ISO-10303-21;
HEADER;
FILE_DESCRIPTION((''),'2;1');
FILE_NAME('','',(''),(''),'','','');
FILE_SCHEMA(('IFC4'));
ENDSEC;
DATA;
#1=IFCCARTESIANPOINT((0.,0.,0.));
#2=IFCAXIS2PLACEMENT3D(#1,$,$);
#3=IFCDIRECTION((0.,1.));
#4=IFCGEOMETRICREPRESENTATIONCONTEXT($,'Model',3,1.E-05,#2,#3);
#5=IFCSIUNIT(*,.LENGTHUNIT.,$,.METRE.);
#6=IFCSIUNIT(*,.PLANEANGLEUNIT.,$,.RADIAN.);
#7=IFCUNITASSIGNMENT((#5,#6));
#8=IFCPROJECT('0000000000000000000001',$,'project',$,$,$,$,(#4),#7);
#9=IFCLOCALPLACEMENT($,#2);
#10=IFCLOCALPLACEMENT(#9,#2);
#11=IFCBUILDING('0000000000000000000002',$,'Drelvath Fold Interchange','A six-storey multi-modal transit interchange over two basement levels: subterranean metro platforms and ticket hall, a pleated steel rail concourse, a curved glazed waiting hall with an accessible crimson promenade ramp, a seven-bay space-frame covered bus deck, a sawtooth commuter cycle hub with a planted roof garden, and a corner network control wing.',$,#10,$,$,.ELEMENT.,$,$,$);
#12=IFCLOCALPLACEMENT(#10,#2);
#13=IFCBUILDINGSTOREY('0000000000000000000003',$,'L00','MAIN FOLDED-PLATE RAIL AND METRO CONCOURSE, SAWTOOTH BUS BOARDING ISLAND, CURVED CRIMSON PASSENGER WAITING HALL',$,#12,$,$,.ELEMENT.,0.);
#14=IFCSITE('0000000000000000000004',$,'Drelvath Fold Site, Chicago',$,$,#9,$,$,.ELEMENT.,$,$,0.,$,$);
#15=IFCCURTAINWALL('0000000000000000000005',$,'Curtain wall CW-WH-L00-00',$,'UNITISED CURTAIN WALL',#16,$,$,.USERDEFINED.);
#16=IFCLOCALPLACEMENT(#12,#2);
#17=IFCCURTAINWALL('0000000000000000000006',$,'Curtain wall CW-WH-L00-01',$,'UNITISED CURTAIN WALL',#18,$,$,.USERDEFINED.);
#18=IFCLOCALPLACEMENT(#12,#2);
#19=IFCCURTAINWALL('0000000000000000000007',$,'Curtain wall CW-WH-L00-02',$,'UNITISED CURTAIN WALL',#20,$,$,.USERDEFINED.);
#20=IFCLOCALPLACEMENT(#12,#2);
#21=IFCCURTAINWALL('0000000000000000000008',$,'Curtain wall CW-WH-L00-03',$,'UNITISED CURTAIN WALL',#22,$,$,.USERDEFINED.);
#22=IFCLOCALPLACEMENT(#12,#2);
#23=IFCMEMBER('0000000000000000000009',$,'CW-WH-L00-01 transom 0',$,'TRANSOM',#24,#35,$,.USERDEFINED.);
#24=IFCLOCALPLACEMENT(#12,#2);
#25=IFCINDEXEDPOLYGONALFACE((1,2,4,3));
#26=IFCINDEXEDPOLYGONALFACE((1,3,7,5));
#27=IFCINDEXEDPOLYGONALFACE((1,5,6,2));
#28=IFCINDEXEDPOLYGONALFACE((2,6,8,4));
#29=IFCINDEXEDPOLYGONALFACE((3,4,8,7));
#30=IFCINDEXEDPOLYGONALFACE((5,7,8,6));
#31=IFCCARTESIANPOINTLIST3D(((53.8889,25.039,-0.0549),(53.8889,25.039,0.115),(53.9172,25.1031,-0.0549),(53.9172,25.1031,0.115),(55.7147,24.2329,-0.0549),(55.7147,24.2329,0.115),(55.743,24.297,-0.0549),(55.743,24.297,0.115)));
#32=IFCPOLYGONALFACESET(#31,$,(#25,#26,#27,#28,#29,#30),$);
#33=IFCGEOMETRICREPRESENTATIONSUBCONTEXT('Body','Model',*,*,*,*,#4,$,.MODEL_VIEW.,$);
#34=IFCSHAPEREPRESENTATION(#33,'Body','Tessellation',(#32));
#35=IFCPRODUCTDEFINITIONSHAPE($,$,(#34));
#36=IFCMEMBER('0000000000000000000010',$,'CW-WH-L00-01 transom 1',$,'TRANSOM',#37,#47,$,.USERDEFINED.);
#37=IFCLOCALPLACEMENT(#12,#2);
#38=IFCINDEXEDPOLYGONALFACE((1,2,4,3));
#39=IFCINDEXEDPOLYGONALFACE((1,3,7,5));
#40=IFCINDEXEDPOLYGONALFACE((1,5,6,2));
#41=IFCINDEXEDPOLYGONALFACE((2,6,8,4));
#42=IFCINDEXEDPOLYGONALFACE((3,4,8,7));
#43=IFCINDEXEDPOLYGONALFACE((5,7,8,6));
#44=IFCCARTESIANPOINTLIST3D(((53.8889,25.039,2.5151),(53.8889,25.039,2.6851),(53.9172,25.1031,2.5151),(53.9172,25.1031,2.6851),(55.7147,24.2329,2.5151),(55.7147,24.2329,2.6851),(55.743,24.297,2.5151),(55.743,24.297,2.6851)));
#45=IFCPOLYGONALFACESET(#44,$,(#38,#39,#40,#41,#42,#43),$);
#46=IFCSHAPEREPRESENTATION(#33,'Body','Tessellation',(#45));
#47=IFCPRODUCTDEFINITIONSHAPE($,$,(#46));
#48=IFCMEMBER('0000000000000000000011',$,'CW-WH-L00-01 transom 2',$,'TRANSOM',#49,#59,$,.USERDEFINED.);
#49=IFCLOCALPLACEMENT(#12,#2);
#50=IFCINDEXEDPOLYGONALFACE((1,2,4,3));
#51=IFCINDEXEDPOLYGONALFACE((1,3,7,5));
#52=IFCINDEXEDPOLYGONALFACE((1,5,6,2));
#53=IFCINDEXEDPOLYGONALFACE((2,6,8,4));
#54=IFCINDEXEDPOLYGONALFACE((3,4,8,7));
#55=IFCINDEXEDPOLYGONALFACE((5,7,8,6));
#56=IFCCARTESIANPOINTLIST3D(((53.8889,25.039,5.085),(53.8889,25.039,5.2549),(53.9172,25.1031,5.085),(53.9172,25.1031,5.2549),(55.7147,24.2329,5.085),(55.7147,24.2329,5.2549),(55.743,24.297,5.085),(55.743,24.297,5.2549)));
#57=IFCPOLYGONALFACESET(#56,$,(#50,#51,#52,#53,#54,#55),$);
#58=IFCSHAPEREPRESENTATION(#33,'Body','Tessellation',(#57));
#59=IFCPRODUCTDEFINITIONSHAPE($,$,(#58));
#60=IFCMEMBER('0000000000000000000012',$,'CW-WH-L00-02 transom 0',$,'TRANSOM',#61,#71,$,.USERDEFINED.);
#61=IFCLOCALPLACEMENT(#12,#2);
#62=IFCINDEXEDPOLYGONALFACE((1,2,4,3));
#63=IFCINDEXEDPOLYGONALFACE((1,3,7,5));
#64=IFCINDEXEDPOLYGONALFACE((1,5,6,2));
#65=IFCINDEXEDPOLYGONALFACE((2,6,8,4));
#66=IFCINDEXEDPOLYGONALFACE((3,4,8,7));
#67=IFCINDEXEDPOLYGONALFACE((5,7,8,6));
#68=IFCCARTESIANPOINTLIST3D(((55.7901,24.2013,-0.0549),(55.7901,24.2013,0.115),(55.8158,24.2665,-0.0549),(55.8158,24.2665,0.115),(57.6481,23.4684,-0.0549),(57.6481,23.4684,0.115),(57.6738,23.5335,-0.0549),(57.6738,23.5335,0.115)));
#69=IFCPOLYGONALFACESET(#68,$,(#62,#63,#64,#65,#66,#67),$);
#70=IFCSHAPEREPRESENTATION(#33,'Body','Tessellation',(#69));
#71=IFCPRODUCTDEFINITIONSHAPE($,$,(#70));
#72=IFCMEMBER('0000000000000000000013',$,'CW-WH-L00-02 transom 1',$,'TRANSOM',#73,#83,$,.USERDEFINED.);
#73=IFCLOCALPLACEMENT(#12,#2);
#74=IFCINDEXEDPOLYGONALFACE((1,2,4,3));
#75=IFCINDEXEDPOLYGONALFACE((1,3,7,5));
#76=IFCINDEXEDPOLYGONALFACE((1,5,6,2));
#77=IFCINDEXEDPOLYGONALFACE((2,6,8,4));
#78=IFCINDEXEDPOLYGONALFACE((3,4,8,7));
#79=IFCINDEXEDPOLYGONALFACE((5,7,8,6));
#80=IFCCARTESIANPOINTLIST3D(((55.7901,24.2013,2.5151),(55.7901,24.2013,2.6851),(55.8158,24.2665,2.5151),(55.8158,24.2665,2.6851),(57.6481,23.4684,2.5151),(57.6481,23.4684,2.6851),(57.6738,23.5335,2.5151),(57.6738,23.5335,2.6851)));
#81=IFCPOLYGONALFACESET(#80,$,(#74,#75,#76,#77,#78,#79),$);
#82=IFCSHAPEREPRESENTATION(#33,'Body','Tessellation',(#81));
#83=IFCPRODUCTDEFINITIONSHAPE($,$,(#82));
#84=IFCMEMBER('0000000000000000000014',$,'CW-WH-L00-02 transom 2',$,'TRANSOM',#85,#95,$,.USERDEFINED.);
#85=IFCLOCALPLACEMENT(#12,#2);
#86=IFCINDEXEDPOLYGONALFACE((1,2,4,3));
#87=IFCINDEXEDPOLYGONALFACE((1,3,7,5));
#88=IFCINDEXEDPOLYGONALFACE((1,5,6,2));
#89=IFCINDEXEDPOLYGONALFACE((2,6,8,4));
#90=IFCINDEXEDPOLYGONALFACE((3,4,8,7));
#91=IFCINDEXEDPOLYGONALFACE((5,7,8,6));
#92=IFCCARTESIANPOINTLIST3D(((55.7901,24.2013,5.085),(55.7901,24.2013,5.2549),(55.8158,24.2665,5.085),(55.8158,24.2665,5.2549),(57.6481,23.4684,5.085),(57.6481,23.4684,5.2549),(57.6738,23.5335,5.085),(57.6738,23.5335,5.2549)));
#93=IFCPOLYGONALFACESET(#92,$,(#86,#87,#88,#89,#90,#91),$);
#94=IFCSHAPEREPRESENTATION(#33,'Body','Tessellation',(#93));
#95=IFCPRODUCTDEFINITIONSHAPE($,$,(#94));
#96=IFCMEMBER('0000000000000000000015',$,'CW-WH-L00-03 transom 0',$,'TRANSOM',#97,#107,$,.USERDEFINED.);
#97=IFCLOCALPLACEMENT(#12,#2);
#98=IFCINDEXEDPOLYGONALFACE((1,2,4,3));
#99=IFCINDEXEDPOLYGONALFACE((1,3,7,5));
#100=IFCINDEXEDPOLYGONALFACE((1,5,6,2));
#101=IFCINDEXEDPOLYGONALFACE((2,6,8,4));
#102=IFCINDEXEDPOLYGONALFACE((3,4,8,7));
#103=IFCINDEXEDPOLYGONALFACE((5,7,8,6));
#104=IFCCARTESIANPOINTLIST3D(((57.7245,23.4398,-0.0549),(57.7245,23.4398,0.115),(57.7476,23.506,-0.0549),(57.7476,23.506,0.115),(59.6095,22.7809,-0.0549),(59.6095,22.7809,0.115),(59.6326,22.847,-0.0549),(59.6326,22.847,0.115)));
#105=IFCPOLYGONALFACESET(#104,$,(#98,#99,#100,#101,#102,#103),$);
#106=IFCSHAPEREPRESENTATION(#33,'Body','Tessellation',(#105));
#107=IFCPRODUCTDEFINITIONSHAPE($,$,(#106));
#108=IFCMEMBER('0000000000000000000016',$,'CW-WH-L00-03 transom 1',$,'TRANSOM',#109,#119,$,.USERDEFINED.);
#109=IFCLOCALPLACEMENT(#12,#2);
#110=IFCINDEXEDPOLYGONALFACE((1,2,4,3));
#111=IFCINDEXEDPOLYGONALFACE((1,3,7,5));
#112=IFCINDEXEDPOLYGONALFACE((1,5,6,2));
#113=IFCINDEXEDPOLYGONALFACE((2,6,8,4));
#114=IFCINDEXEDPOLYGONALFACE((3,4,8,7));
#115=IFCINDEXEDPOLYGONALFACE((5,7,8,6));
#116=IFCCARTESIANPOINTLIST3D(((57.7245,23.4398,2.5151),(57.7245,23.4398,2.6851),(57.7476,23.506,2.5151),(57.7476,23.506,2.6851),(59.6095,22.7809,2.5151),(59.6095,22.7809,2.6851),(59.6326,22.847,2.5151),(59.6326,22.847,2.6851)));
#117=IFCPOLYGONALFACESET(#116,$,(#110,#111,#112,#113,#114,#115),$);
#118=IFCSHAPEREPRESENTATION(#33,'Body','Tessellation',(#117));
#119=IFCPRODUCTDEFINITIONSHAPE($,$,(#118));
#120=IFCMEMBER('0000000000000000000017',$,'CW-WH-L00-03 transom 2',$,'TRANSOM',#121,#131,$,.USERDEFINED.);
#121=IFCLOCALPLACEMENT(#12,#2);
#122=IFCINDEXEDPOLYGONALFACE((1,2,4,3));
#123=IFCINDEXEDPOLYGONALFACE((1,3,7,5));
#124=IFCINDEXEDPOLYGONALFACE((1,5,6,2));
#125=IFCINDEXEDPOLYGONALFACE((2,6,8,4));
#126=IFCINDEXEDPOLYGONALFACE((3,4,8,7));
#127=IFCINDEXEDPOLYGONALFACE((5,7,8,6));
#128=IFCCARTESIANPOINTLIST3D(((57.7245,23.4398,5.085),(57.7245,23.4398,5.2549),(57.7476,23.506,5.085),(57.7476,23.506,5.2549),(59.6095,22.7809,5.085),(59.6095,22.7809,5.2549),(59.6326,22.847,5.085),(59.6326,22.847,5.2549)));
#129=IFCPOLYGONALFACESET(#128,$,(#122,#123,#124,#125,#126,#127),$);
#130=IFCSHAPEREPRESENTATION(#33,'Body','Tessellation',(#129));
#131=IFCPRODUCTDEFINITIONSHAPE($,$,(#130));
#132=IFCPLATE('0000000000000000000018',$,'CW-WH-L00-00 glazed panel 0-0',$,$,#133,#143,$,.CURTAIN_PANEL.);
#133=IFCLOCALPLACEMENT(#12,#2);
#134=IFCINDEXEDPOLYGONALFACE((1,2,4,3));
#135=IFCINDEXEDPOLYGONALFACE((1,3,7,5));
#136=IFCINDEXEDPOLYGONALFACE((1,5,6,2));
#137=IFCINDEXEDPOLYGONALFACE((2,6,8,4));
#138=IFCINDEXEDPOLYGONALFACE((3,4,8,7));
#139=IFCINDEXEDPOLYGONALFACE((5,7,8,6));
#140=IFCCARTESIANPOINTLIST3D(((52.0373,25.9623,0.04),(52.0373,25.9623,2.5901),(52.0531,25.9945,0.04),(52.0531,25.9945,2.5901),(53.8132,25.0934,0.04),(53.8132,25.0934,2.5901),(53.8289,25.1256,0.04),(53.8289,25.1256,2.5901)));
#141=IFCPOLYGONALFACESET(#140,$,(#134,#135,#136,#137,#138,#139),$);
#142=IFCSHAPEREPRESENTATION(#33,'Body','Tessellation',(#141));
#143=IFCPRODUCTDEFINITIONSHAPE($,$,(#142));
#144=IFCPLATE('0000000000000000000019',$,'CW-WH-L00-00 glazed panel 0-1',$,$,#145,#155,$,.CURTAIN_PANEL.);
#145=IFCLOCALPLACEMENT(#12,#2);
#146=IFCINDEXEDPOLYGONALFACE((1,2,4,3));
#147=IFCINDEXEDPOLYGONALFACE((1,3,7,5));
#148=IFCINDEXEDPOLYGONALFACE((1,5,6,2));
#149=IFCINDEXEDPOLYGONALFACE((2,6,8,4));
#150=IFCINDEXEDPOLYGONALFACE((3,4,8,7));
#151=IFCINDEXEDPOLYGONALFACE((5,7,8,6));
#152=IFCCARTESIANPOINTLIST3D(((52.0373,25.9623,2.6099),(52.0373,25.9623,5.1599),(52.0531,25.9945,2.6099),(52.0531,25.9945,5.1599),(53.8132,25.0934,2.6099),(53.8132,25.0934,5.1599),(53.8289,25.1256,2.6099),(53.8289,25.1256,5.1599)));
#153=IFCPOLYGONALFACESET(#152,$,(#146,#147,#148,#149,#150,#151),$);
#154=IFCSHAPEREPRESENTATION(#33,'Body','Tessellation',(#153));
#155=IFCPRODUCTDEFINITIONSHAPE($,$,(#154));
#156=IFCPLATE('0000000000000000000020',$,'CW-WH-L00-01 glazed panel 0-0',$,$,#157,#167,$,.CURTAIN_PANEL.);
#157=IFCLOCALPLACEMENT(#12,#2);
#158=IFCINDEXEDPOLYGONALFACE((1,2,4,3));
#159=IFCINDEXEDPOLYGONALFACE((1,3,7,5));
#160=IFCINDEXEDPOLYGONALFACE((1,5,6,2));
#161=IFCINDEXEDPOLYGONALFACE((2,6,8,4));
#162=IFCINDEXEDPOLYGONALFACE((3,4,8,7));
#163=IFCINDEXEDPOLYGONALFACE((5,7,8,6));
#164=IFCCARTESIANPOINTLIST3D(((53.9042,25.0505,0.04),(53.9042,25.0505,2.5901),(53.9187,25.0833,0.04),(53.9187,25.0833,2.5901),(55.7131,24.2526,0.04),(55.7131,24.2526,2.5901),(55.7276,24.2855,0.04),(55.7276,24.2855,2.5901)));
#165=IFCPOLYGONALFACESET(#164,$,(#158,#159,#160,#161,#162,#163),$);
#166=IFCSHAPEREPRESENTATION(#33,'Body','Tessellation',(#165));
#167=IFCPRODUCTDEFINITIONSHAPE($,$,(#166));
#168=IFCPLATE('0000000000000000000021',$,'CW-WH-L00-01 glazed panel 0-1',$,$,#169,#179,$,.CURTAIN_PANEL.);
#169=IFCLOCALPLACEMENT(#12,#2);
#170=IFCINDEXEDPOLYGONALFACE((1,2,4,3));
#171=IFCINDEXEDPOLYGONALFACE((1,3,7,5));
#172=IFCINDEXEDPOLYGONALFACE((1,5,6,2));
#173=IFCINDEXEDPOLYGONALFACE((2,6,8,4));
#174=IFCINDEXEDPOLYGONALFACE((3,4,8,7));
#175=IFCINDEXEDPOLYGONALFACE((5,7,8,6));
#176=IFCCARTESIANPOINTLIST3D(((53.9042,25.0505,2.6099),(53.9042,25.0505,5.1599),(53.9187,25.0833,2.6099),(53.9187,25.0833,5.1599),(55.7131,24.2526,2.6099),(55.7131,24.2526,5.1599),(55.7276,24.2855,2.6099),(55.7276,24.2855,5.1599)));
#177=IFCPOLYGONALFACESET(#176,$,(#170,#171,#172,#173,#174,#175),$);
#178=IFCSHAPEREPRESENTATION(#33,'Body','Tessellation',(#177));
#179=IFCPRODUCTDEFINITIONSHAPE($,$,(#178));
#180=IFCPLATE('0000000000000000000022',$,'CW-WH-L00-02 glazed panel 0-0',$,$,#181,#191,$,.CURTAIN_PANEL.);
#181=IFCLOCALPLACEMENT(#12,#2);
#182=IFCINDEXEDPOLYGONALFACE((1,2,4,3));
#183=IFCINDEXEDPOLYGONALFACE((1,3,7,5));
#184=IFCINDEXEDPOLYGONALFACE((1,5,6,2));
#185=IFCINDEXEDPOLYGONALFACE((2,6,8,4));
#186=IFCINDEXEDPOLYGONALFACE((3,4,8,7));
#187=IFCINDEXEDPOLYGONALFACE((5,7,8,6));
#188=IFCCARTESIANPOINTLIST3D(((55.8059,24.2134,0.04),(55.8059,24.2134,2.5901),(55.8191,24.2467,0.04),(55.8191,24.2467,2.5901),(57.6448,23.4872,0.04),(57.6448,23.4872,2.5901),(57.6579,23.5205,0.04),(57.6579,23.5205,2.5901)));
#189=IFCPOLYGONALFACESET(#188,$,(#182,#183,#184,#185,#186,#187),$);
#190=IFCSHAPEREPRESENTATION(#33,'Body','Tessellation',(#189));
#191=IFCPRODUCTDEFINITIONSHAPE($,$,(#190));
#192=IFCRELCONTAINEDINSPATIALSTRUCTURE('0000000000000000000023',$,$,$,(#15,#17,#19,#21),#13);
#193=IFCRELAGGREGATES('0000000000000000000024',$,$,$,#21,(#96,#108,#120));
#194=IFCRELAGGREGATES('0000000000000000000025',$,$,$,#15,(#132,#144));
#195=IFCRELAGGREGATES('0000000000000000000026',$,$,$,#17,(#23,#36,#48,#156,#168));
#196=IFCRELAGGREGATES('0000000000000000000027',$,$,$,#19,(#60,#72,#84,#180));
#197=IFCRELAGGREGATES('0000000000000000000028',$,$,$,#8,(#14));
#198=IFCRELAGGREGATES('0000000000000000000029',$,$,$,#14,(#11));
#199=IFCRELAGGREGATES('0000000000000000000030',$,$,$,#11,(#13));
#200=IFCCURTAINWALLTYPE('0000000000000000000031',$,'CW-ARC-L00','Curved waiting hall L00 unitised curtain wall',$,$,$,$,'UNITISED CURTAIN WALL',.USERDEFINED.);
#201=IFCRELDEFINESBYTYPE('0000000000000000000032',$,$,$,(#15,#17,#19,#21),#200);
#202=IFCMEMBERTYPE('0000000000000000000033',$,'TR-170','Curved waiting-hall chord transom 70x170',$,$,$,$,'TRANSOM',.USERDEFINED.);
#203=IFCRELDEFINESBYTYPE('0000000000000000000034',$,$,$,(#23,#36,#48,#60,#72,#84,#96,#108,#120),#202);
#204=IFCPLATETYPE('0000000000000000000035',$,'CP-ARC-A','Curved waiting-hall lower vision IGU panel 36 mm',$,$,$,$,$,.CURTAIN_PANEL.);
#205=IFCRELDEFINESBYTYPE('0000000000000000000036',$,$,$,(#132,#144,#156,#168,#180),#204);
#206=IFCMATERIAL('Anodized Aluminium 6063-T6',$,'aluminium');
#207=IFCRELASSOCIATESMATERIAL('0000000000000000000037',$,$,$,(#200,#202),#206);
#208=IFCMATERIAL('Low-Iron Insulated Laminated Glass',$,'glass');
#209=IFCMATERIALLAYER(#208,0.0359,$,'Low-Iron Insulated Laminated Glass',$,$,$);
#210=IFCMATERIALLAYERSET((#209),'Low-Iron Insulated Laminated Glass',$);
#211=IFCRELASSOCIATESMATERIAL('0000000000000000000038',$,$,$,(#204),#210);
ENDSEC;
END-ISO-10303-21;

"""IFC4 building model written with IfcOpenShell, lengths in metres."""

from ifc_helpers import new_model, si_unit, direction, frame, origin, origin_2d, place, context, subcontext, project, spatial, rectangle, extrude, material, layer, layer_set, material_profile, profile_set, type_object, element, aggregate, save


model = new_model("IFC4")

# Units and contexts
model_context = context("Model", 3, precision=1e-05, world=origin(), true_north=direction((0.0, 1.0)))
body_context = subcontext(model_context, "Body", "Model", "MODEL_VIEW")
ifc_project = project(units=[si_unit("LENGTHUNIT", "METRE"), si_unit("PLANEANGLEUNIT", "RADIAN")], contexts=[model_context])

# Site, building, storey
site_placement = place(None, origin())
site = spatial("IfcSite", under=ifc_project, at=site_placement, Name="Drelvath Fold Site, Chicago", CompositionType="ELEMENT", RefElevation=0.0)
building_placement = place(site_placement, origin())
building = spatial("IfcBuilding", under=site, at=building_placement, Name="Drelvath Fold Interchange", Description="A six-storey multi-modal transit interchange over two basement levels: subterranean metro platforms and ticket hall, a pleated steel rail concourse, a curved glazed waiting hall with an accessible crimson promenade ramp, a seven-bay space-frame covered bus deck, a sawtooth commuter cycle hub with a planted roof garden, and a corner network control wing.", CompositionType="ELEMENT")
storey_placement = place(building_placement, origin())
storey = spatial("IfcBuildingStorey", under=building, at=storey_placement, Name="L00", Description="MAIN FOLDED-PLATE RAIL AND METRO CONCOURSE, SAWTOOTH BUS BOARDING ISLAND, CURVED CRIMSON PASSENGER WAITING HALL", CompositionType="ELEMENT", Elevation=0.0)

# Curtain walls
ifc_material_1 = material(Name="Anodized Aluminium 6063-T6", Category="aluminium")
curtain_wall_type_1 = type_object("IfcCurtainWallType", Name="CW-ARC-L00", Description="Curved waiting hall L00 unitised curtain wall", ElementType="UNITISED CURTAIN WALL", PredefinedType="USERDEFINED", material=ifc_material_1)
curtain_wall_1_placement = place(storey_placement, origin())
curtain_wall_1 = element("IfcCurtainWall", 1, at=curtain_wall_1_placement, inside=storey, type_object=curtain_wall_type_1, Name="Curtain wall CW-WH-L00-00", ObjectType="UNITISED CURTAIN WALL", PredefinedType="USERDEFINED")
curtain_wall_2_placement = place(storey_placement, origin())
curtain_wall_2 = element("IfcCurtainWall", 2, at=curtain_wall_2_placement, inside=storey, type_object=curtain_wall_type_1, Name="Curtain wall CW-WH-L00-01", ObjectType="UNITISED CURTAIN WALL", PredefinedType="USERDEFINED")
curtain_wall_3_placement = place(storey_placement, origin())
curtain_wall_3 = element("IfcCurtainWall", 3, at=curtain_wall_3_placement, inside=storey, type_object=curtain_wall_type_1, Name="Curtain wall CW-WH-L00-02", ObjectType="UNITISED CURTAIN WALL", PredefinedType="USERDEFINED")

# Curtain wall
curtain_wall_4_placement = place(storey_placement, origin())
curtain_wall_4 = element("IfcCurtainWall", 4, at=curtain_wall_4_placement, inside=storey, type_object=curtain_wall_type_1, Name="Curtain wall CW-WH-L00-03", ObjectType="UNITISED CURTAIN WALL", PredefinedType="USERDEFINED")

# Members
ifc_material_profile_1 = material_profile(ifc_material_1, rectangle(XDim=0.0701, YDim=0.1699, at=origin_2d()), Name="AL-T 70x170")
ifc_profile_set_1 = profile_set([ifc_material_profile_1], Name="Anodized Aluminium 6063-T6")
member_type_1 = type_object("IfcMemberType", Name="TR-170", Description="Curved waiting-hall chord transom 70x170", ElementType="TRANSOM", PredefinedType="USERDEFINED", material=ifc_profile_set_1)
member_1_placement = place(storey_placement, frame((53.9031, 25.071, 0.03), z_axis=(0.914807, -0.40389, 0.0), x_axis=(0.40389, 0.914807, 0.0)))
member_1 = element("IfcMember", 5, at=member_1_placement, type_object=member_type_1, Name="CW-WH-L00-01 transom 0", ObjectType="TRANSOM", PredefinedType="USERDEFINED", context=body_context, shape_type="SweptSolid", body=[
    extrude(rectangle(XDim=0.0701, YDim=0.1699, at=origin_2d()), origin(), (0.0, 0.0, 1.0), 1.9958),
])
member_2_placement = place(storey_placement, frame((53.9031, 25.071, 2.6001), z_axis=(0.914807, -0.40389, 0.0), x_axis=(0.40389, 0.914807, 0.0)))
member_2 = element("IfcMember", 6, at=member_2_placement, type_object=member_type_1, Name="CW-WH-L00-01 transom 1", ObjectType="TRANSOM", PredefinedType="USERDEFINED", context=body_context, shape_type="SweptSolid", body=[
    extrude(rectangle(XDim=0.0701, YDim=0.1699, at=origin_2d()), origin(), (0.0, 0.0, 1.0), 1.9958),
])
member_3_placement = place(storey_placement, frame((53.9031, 25.071, 5.1699), z_axis=(0.914807, -0.40389, 0.0), x_axis=(0.40389, 0.914807, 0.0)))
member_3 = element("IfcMember", 7, at=member_3_placement, type_object=member_type_1, Name="CW-WH-L00-01 transom 2", ObjectType="TRANSOM", PredefinedType="USERDEFINED", context=body_context, shape_type="SweptSolid", body=[
    extrude(rectangle(XDim=0.0701, YDim=0.1699, at=origin_2d()), origin(), (0.0, 0.0, 1.0), 1.9958),
])
member_4_placement = place(storey_placement, frame((55.803, 24.2339, 0.03), z_axis=(0.930236, -0.366961, 0.0), x_axis=(0.366961, 0.930236, 0.0)))
member_4 = element("IfcMember", 8, at=member_4_placement, type_object=member_type_1, Name="CW-WH-L00-02 transom 0", ObjectType="TRANSOM", PredefinedType="USERDEFINED", context=body_context, shape_type="SweptSolid", body=[
    extrude(rectangle(XDim=0.0701, YDim=0.1699, at=origin_2d()), origin(), (0.0, 0.0, 1.0), 1.9973),
])
member_5_placement = place(storey_placement, frame((55.803, 24.2339, 2.6001), z_axis=(0.930236, -0.366961, 0.0), x_axis=(0.366961, 0.930236, 0.0)))
member_5 = element("IfcMember", 9, at=member_5_placement, type_object=member_type_1, Name="CW-WH-L00-02 transom 1", ObjectType="TRANSOM", PredefinedType="USERDEFINED", context=body_context, shape_type="SweptSolid", body=[
    extrude(rectangle(XDim=0.0701, YDim=0.1699, at=origin_2d()), origin(), (0.0, 0.0, 1.0), 1.9973),
])
member_6_placement = place(storey_placement, frame((55.803, 24.2339, 5.1699), z_axis=(0.930236, -0.366961, 0.0), x_axis=(0.366961, 0.930236, 0.0)))
member_6 = element("IfcMember", 10, at=member_6_placement, type_object=member_type_1, Name="CW-WH-L00-02 transom 2", ObjectType="TRANSOM", PredefinedType="USERDEFINED", context=body_context, shape_type="SweptSolid", body=[
    extrude(rectangle(XDim=0.0701, YDim=0.1699, at=origin_2d()), origin(), (0.0, 0.0, 1.0), 1.9973),
])
member_7_placement = place(storey_placement, frame((57.7361, 23.4729, 0.03), z_axis=(0.943986, -0.329986, 0.0), x_axis=(0.329986, 0.943986, 0.0)))
member_7 = element("IfcMember", 11, at=member_7_placement, type_object=member_type_1, Name="CW-WH-L00-03 transom 0", ObjectType="TRANSOM", PredefinedType="USERDEFINED", context=body_context, shape_type="SweptSolid", body=[
    extrude(rectangle(XDim=0.0701, YDim=0.1699, at=origin_2d()), origin(), (0.0, 0.0, 1.0), 1.9968),
])
member_8_placement = place(storey_placement, frame((57.7361, 23.4729, 2.6001), z_axis=(0.943986, -0.329986, 0.0), x_axis=(0.329986, 0.943986, 0.0)))
member_8 = element("IfcMember", 12, at=member_8_placement, type_object=member_type_1, Name="CW-WH-L00-03 transom 1", ObjectType="TRANSOM", PredefinedType="USERDEFINED", context=body_context, shape_type="SweptSolid", body=[
    extrude(rectangle(XDim=0.0701, YDim=0.1699, at=origin_2d()), origin(), (0.0, 0.0, 1.0), 1.9968),
])
member_9_placement = place(storey_placement, frame((57.7361, 23.4729, 5.1699), z_axis=(0.943986, -0.329986, 0.0), x_axis=(0.329986, 0.943986, 0.0)))
member_9 = element("IfcMember", 13, at=member_9_placement, type_object=member_type_1, Name="CW-WH-L00-03 transom 2", ObjectType="TRANSOM", PredefinedType="USERDEFINED", context=body_context, shape_type="SweptSolid", body=[
    extrude(rectangle(XDim=0.0701, YDim=0.1699, at=origin_2d()), origin(), (0.0, 0.0, 1.0), 1.9968),
])
aggregate(curtain_wall_4, [member_7, member_8, member_9])

# Plates
ifc_material_2 = material(Name="Low-Iron Insulated Laminated Glass", Category="glass")
ifc_layer_1 = layer(ifc_material_2, 0.0359, Name="Low-Iron Insulated Laminated Glass")
ifc_layer_set_1 = layer_set([ifc_layer_1], Name="Low-Iron Insulated Laminated Glass")
plate_type_1 = type_object("IfcPlateType", Name="CP-ARC-A", Description="Curved waiting-hall lower vision IGU panel 36 mm", PredefinedType="CURTAIN_PANEL", material=ifc_layer_set_1)
plate_1_placement = place(storey_placement, frame((52.9331, 25.5439, 0.04), z_axis=(0.0, 0.0, 1.0), x_axis=(0.898242, -0.4395, 0.0)))
plate_1 = element("IfcPlate", 14, at=plate_1_placement, type_object=plate_type_1, Name="CW-WH-L00-00 glazed panel 0-0", PredefinedType="CURTAIN_PANEL", context=body_context, shape_type="SweptSolid", body=[
    extrude(rectangle(XDim=1.9771, YDim=0.0359, at=origin_2d()), origin(), (0.0, 0.0, 1.0), 2.55),
])
plate_2_placement = place(storey_placement, frame((52.9331, 25.5439, 2.6099), z_axis=(0.0, 0.0, 1.0), x_axis=(0.898242, -0.4395, 0.0)))
plate_2 = element("IfcPlate", 15, at=plate_2_placement, type_object=plate_type_1, Name="CW-WH-L00-00 glazed panel 0-1", PredefinedType="CURTAIN_PANEL", context=body_context, shape_type="SweptSolid", body=[
    extrude(rectangle(XDim=1.9771, YDim=0.0359, at=origin_2d()), origin(), (0.0, 0.0, 1.0), 2.55),
])
aggregate(curtain_wall_1, [plate_1, plate_2])
plate_3_placement = place(storey_placement, frame((54.8159, 24.668, 0.04), z_axis=(0.0, 0.0, 1.0), x_axis=(0.91496, -0.403545, 0.0)))
plate_3 = element("IfcPlate", 16, at=plate_3_placement, type_object=plate_type_1, Name="CW-WH-L00-01 glazed panel 0-0", PredefinedType="CURTAIN_PANEL", context=body_context, shape_type="SweptSolid", body=[
    extrude(rectangle(XDim=1.9771, YDim=0.0359, at=origin_2d()), origin(), (0.0, 0.0, 1.0), 2.55),
])
plate_4_placement = place(storey_placement, frame((54.8159, 24.668, 2.6099), z_axis=(0.0, 0.0, 1.0), x_axis=(0.91496, -0.403545, 0.0)))
plate_4 = element("IfcPlate", 17, at=plate_4_placement, type_object=plate_type_1, Name="CW-WH-L00-01 glazed panel 0-1", PredefinedType="CURTAIN_PANEL", context=body_context, shape_type="SweptSolid", body=[
    extrude(rectangle(XDim=1.9771, YDim=0.0359, at=origin_2d()), origin(), (0.0, 0.0, 1.0), 2.55),
])
aggregate(curtain_wall_2, [member_1, member_2, member_3, plate_3, plate_4])
plate_5_placement = place(storey_placement, frame((56.7319, 23.8669, 0.04), z_axis=(0.0, 0.0, 1.0), x_axis=(0.930097, -0.367313, 0.0)))
plate_5 = element("IfcPlate", 18, at=plate_5_placement, type_object=plate_type_1, Name="CW-WH-L00-02 glazed panel 0-0", PredefinedType="CURTAIN_PANEL", context=body_context, shape_type="SweptSolid", body=[
    extrude(rectangle(XDim=1.9771, YDim=0.0359, at=origin_2d()), origin(), (0.0, 0.0, 1.0), 2.55),
])
aggregate(curtain_wall_3, [member_4, member_5, member_6, plate_5])

save(model, "model.ifc")
